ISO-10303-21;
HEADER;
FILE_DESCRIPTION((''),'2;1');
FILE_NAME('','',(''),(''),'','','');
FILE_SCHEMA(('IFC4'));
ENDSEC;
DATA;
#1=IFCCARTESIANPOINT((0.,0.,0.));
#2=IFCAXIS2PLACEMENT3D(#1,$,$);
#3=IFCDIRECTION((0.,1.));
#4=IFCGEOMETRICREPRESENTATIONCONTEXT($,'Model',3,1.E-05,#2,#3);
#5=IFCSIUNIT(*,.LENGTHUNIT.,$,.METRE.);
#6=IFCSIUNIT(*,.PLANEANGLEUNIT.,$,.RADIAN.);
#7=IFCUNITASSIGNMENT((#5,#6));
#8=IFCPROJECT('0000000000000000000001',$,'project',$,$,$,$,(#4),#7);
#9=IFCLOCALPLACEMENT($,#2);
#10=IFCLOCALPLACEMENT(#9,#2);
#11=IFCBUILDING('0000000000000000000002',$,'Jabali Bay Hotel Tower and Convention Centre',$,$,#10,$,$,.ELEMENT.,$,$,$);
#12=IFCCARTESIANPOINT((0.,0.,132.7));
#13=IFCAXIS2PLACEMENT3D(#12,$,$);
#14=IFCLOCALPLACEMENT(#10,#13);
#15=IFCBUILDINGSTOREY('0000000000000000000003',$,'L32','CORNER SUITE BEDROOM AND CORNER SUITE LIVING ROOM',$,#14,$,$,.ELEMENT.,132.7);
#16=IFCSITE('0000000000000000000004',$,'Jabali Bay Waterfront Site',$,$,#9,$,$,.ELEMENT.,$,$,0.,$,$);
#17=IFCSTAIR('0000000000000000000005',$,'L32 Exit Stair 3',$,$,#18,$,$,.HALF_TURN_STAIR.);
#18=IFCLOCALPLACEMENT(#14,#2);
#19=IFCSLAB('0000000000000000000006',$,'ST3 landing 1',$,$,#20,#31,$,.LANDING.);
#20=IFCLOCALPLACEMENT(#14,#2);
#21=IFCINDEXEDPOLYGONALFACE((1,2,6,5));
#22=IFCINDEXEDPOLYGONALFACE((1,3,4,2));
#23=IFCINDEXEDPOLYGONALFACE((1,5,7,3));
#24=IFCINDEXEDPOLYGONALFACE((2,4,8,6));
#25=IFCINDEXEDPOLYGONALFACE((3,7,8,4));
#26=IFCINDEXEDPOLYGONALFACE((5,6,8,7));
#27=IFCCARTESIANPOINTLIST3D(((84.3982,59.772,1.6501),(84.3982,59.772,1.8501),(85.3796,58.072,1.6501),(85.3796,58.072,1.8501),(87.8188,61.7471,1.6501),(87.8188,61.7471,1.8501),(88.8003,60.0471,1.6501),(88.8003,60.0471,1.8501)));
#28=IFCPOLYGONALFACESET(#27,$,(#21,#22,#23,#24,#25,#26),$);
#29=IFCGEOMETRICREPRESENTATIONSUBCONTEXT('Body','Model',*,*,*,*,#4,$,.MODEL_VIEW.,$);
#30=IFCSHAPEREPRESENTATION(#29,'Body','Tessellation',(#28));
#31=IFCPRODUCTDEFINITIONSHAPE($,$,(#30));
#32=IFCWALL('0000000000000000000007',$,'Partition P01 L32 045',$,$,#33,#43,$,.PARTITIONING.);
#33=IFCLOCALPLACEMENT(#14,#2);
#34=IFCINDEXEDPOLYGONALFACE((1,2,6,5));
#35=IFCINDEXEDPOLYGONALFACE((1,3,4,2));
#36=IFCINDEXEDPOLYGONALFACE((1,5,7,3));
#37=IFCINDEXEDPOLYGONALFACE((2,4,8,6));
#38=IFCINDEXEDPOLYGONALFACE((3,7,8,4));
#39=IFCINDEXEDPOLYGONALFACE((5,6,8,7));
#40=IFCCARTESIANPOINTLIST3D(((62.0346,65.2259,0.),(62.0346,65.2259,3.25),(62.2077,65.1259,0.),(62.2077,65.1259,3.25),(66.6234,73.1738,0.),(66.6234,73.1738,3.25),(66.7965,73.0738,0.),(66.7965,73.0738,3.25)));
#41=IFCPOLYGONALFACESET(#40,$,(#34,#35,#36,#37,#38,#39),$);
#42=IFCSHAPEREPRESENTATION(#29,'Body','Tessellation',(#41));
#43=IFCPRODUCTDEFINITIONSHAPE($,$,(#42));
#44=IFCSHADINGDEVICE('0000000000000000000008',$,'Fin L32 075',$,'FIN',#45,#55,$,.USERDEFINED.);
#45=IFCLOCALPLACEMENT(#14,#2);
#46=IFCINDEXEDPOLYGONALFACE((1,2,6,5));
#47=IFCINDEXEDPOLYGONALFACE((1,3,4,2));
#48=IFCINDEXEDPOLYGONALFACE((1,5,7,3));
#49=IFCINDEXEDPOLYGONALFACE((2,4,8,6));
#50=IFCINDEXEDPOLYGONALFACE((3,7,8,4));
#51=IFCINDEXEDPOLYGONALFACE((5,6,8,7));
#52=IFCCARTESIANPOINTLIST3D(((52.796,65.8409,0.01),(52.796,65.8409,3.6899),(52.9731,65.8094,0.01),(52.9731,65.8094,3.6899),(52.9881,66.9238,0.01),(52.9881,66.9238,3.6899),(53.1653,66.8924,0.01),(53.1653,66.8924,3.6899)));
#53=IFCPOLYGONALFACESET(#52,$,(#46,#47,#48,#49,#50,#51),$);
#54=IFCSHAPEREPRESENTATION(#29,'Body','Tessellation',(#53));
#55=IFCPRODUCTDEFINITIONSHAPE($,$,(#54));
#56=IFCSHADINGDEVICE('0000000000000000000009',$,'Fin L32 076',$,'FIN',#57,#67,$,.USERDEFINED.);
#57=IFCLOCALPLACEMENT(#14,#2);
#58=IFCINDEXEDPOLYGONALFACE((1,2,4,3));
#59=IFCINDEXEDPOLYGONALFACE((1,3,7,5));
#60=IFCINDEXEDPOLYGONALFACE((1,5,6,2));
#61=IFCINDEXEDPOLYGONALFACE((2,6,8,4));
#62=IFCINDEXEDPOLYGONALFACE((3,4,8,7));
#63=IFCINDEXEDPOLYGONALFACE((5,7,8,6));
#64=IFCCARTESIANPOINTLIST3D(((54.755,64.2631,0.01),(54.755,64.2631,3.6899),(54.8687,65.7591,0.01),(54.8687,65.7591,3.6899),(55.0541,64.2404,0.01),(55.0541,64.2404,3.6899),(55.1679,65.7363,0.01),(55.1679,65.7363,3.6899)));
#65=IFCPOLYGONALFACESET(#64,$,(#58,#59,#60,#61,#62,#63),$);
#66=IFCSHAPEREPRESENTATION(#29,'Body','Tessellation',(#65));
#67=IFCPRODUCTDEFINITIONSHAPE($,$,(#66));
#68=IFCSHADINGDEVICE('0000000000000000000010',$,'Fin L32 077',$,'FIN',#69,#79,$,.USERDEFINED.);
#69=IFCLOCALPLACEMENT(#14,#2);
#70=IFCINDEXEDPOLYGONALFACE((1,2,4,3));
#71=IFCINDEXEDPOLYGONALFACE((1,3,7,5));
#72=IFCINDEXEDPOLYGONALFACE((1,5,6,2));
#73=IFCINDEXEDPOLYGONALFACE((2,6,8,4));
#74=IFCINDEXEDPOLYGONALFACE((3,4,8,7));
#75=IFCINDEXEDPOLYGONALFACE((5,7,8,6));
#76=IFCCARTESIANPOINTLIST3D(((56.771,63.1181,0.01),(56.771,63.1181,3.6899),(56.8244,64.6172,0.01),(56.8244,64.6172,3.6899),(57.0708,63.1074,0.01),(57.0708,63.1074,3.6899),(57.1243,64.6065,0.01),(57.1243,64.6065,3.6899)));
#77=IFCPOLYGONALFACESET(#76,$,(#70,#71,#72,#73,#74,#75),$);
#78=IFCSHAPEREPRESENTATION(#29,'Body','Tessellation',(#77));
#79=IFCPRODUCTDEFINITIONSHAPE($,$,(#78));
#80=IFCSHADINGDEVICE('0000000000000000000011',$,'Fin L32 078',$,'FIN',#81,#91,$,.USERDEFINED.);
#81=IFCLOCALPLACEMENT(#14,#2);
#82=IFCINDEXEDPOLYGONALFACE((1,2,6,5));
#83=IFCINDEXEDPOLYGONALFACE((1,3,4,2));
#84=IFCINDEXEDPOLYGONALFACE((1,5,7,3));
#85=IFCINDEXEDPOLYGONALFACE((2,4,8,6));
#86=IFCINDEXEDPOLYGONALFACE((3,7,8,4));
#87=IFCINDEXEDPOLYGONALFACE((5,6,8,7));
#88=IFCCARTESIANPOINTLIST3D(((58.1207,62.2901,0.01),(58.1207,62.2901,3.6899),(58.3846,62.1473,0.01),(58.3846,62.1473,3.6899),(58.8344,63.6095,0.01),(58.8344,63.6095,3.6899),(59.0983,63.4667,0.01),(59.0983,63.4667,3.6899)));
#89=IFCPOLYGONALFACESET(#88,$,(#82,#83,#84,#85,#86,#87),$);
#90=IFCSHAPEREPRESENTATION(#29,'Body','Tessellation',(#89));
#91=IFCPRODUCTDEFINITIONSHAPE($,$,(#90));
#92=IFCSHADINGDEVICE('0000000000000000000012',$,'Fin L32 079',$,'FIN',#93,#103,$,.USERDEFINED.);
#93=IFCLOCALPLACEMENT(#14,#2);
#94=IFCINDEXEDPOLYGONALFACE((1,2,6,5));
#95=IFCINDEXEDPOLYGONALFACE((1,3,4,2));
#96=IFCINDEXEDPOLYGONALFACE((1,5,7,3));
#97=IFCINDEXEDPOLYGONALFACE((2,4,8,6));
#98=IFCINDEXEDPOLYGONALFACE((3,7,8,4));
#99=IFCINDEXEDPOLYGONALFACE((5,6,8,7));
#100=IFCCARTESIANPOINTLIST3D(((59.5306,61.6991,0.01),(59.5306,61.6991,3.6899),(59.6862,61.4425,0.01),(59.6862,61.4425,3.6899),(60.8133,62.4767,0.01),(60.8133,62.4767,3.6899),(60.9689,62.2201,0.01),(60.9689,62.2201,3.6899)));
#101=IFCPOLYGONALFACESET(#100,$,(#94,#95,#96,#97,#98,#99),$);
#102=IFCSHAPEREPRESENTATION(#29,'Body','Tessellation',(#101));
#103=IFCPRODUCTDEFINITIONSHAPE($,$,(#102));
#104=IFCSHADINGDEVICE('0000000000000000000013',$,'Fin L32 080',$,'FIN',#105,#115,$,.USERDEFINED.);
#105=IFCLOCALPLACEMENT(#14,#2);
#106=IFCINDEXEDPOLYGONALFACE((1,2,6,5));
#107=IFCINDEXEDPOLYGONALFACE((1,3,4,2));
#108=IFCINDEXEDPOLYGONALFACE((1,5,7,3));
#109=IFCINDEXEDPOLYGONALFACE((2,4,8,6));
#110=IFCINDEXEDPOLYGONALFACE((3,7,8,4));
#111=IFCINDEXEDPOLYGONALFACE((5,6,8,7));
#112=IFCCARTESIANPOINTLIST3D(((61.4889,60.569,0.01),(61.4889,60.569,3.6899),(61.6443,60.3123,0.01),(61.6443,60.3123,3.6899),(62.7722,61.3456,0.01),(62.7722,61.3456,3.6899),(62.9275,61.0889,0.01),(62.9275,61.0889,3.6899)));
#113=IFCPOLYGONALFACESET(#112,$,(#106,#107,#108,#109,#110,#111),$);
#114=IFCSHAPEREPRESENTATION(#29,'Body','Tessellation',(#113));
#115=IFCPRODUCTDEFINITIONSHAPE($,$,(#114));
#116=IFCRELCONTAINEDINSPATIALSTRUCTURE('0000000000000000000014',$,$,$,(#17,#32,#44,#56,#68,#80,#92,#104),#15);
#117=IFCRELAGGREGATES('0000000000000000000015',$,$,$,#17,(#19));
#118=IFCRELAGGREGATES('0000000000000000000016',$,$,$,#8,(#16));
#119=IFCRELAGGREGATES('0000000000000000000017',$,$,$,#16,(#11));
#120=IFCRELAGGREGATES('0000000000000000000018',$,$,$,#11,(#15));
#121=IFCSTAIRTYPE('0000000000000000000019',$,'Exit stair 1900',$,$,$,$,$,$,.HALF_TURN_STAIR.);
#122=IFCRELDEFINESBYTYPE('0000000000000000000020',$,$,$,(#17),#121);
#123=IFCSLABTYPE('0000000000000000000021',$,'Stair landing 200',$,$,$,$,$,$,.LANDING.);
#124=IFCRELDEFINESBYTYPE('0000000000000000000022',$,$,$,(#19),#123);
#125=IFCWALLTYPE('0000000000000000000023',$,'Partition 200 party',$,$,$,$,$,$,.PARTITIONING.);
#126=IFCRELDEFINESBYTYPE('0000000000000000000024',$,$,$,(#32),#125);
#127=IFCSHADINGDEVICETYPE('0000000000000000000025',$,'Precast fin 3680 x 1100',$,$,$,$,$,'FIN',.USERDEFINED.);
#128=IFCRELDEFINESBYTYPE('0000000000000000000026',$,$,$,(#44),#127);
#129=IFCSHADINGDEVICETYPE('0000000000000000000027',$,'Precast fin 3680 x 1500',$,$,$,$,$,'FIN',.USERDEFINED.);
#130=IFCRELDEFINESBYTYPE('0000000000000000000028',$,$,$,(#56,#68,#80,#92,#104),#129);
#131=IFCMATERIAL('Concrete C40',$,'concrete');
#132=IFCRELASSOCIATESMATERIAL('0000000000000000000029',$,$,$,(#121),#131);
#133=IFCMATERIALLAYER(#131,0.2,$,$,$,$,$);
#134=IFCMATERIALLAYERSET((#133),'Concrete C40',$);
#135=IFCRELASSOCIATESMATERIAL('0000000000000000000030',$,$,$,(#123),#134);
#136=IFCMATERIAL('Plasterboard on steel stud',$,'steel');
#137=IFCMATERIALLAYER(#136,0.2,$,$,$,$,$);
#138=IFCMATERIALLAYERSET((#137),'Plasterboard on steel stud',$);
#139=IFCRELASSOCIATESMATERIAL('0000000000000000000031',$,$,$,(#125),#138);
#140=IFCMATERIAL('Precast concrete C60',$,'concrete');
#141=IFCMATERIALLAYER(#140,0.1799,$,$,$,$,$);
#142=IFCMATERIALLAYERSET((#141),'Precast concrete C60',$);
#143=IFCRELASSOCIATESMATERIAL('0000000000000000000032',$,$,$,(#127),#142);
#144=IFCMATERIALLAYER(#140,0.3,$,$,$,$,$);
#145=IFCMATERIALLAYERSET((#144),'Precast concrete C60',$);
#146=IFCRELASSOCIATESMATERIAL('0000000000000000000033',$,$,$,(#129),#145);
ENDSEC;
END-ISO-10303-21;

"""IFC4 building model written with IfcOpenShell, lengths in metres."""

from ifc_helpers import new_model, si_unit, direction, frame, frame_2d, origin, place, context, subcontext, project, spatial, polyline, rectangle, outline, extrude, material, layer, layer_set, type_object, element, aggregate, save


model = new_model("IFC4")

# Units and contexts
model_context = context("Model", 3, precision=1e-05, world=origin(), true_north=direction((0.0, 1.0)))
body_context = subcontext(model_context, "Body", "Model", "MODEL_VIEW")
ifc_project = project(units=[si_unit("LENGTHUNIT", "METRE"), si_unit("PLANEANGLEUNIT", "RADIAN")], contexts=[model_context])

# Site, building, storey
site_placement = place(None, origin())
site = spatial("IfcSite", under=ifc_project, at=site_placement, Name="Jabali Bay Waterfront Site", CompositionType="ELEMENT", RefElevation=0.0)
building_placement = place(site_placement, origin())
building = spatial("IfcBuilding", under=site, at=building_placement, Name="Jabali Bay Hotel Tower and Convention Centre", CompositionType="ELEMENT")
storey_placement = place(building_placement, frame((0.0, 0.0, 132.7)))
storey = spatial("IfcBuildingStorey", under=building, at=storey_placement, Name="L32", Description="CORNER SUITE BEDROOM AND CORNER SUITE LIVING ROOM", CompositionType="ELEMENT", Elevation=132.7)

# Shared definitions
ifc_material_1 = material(Name="Concrete C40", Category="concrete")

# Stair, slab
stair_type = type_object("IfcStairType", Name="Exit stair 1900", PredefinedType="HALF_TURN_STAIR", material=ifc_material_1)
ifc_layer_1 = layer(ifc_material_1, 0.2)
ifc_layer_set_1 = layer_set([ifc_layer_1], Name="Concrete C40")
slab_type_1 = type_object("IfcSlabType", Name="Stair landing 200", PredefinedType="LANDING", material=ifc_layer_set_1)
stair_1_placement = place(storey_placement, origin())
stair_1 = element("IfcStair", 1, at=stair_1_placement, inside=storey, type_object=stair_type, Name="L32 Exit Stair 3", PredefinedType="HALF_TURN_STAIR")
slab_1_placement = place(storey_placement, frame((0.0, 0.0, 1.6501)))
slab_1 = element("IfcSlab", 2, at=slab_1_placement, type_object=slab_type_1, Name="ST3 landing 1", PredefinedType="LANDING", context=body_context, shape_type="SweptSolid", body=[
    extrude(outline(polyline([(84.3982, 59.772), (85.3796, 58.072), (88.8003, 60.0471), (87.8188, 61.7471), (84.3982, 59.772)])), origin(), (0.0, 0.0, 1.0), 0.2),
])
aggregate(stair_1, [slab_1])

# Wall
ifc_material_2 = material(Name="Plasterboard on steel stud", Category="steel")
ifc_layer_2 = layer(ifc_material_2, 0.2)
ifc_layer_set_2 = layer_set([ifc_layer_2], Name="Plasterboard on steel stud")
wall_type = type_object("IfcWallType", Name="Partition 200 party", PredefinedType="PARTITIONING", material=ifc_layer_set_2)
wall_placement = place(storey_placement, frame((62.1211, 65.1758, 0.0), z_axis=(0.0, 0.0, 1.0), x_axis=(0.500007, 0.866021, 0.0)))
element("IfcWall", 3, at=wall_placement, inside=storey, type_object=wall_type, Name="Partition P01 L32 045", PredefinedType="PARTITIONING", context=body_context, shape_type="SweptSolid", body=[
    extrude(rectangle(XDim=9.1775, YDim=0.2, at=frame_2d((4.5889, 0.0))), origin(), (0.0, 0.0, 1.0), 3.25),
])

# Shading devices
ifc_material_3 = material(Name="Precast concrete C60", Category="concrete")
ifc_layer_3 = layer(ifc_material_3, 0.1799)
ifc_layer_set_3 = layer_set([ifc_layer_3], Name="Precast concrete C60")
shading_device_type_1 = type_object("IfcShadingDeviceType", Name="Precast fin 3680 x 1100", ElementType="FIN", PredefinedType="USERDEFINED", material=ifc_layer_set_3)
shading_device_1_placement = place(storey_placement, frame((53.0767, 66.908, 0.01), z_axis=(0.0, 0.0, 1.0), x_axis=(-0.174684, -0.984624, 0.0)))
element("IfcShadingDevice", 4, at=shading_device_1_placement, inside=storey, type_object=shading_device_type_1, Name="Fin L32 075", ObjectType="FIN", PredefinedType="USERDEFINED", context=body_context, shape_type="SweptSolid", body=[
    extrude(rectangle(XDim=1.0999, YDim=0.1799, at=frame_2d((0.5498, 0.0))), origin(), (0.0, 0.0, 1.0), 3.6799),
])
ifc_layer_4 = layer(ifc_material_3, 0.3)
ifc_layer_set_4 = layer_set([ifc_layer_4], Name="Precast concrete C60")
shading_device_type_2 = type_object("IfcShadingDeviceType", Name="Precast fin 3680 x 1500", ElementType="FIN", PredefinedType="USERDEFINED", material=ifc_layer_set_4)
shading_device_2_placement = place(storey_placement, frame((55.0183, 65.7476, 0.01), z_axis=(0.0, 0.0, 1.0), x_axis=(-0.075838, -0.99712, 0.0)))
element("IfcShadingDevice", 5, at=shading_device_2_placement, inside=storey, type_object=shading_device_type_2, Name="Fin L32 076", ObjectType="FIN", PredefinedType="USERDEFINED", context=body_context, shape_type="SweptSolid", body=[
    extrude(rectangle(XDim=1.5002, YDim=0.3, at=frame_2d((0.75, 0.0))), origin(), (0.0, 0.0, 1.0), 3.6799),
])
for number, where, z_axis, x_axis, name in (
    (6, (56.9744, 64.6118, 0.01), (0.0, 0.0, 1.0), (-0.035645, -0.999365, 0.0), "Fin L32 077"),
    (7, (58.9663, 63.5381, 0.01), (0.0, 0.0, 1.0), (-0.475759, -0.879576, 0.0), "Fin L32 078"),
    (8, (60.8911, 62.3484, 0.01), (0.0, 0.0, 1.0), (-0.855143, -0.518392, 0.0), "Fin L32 079"),
    (9, (62.8499, 61.2173, 0.01), (0.0, 0.0, 1.0), (-0.855519, -0.517771, 0.0), "Fin L32 080"),
):
    element("IfcShadingDevice", number, at=place(storey_placement, frame(where, z_axis=z_axis, x_axis=x_axis)), inside=storey, type_object=shading_device_type_2, Name=name, ObjectType="FIN", PredefinedType="USERDEFINED", context=body_context, shape_type="SweptSolid", body=[
        extrude(rectangle(XDim=1.5, YDim=0.3, at=frame_2d((0.75, 0.0))), origin(), (0.0, 0.0, 1.0), 3.6799),
    ])

save(model, "model.ifc")
